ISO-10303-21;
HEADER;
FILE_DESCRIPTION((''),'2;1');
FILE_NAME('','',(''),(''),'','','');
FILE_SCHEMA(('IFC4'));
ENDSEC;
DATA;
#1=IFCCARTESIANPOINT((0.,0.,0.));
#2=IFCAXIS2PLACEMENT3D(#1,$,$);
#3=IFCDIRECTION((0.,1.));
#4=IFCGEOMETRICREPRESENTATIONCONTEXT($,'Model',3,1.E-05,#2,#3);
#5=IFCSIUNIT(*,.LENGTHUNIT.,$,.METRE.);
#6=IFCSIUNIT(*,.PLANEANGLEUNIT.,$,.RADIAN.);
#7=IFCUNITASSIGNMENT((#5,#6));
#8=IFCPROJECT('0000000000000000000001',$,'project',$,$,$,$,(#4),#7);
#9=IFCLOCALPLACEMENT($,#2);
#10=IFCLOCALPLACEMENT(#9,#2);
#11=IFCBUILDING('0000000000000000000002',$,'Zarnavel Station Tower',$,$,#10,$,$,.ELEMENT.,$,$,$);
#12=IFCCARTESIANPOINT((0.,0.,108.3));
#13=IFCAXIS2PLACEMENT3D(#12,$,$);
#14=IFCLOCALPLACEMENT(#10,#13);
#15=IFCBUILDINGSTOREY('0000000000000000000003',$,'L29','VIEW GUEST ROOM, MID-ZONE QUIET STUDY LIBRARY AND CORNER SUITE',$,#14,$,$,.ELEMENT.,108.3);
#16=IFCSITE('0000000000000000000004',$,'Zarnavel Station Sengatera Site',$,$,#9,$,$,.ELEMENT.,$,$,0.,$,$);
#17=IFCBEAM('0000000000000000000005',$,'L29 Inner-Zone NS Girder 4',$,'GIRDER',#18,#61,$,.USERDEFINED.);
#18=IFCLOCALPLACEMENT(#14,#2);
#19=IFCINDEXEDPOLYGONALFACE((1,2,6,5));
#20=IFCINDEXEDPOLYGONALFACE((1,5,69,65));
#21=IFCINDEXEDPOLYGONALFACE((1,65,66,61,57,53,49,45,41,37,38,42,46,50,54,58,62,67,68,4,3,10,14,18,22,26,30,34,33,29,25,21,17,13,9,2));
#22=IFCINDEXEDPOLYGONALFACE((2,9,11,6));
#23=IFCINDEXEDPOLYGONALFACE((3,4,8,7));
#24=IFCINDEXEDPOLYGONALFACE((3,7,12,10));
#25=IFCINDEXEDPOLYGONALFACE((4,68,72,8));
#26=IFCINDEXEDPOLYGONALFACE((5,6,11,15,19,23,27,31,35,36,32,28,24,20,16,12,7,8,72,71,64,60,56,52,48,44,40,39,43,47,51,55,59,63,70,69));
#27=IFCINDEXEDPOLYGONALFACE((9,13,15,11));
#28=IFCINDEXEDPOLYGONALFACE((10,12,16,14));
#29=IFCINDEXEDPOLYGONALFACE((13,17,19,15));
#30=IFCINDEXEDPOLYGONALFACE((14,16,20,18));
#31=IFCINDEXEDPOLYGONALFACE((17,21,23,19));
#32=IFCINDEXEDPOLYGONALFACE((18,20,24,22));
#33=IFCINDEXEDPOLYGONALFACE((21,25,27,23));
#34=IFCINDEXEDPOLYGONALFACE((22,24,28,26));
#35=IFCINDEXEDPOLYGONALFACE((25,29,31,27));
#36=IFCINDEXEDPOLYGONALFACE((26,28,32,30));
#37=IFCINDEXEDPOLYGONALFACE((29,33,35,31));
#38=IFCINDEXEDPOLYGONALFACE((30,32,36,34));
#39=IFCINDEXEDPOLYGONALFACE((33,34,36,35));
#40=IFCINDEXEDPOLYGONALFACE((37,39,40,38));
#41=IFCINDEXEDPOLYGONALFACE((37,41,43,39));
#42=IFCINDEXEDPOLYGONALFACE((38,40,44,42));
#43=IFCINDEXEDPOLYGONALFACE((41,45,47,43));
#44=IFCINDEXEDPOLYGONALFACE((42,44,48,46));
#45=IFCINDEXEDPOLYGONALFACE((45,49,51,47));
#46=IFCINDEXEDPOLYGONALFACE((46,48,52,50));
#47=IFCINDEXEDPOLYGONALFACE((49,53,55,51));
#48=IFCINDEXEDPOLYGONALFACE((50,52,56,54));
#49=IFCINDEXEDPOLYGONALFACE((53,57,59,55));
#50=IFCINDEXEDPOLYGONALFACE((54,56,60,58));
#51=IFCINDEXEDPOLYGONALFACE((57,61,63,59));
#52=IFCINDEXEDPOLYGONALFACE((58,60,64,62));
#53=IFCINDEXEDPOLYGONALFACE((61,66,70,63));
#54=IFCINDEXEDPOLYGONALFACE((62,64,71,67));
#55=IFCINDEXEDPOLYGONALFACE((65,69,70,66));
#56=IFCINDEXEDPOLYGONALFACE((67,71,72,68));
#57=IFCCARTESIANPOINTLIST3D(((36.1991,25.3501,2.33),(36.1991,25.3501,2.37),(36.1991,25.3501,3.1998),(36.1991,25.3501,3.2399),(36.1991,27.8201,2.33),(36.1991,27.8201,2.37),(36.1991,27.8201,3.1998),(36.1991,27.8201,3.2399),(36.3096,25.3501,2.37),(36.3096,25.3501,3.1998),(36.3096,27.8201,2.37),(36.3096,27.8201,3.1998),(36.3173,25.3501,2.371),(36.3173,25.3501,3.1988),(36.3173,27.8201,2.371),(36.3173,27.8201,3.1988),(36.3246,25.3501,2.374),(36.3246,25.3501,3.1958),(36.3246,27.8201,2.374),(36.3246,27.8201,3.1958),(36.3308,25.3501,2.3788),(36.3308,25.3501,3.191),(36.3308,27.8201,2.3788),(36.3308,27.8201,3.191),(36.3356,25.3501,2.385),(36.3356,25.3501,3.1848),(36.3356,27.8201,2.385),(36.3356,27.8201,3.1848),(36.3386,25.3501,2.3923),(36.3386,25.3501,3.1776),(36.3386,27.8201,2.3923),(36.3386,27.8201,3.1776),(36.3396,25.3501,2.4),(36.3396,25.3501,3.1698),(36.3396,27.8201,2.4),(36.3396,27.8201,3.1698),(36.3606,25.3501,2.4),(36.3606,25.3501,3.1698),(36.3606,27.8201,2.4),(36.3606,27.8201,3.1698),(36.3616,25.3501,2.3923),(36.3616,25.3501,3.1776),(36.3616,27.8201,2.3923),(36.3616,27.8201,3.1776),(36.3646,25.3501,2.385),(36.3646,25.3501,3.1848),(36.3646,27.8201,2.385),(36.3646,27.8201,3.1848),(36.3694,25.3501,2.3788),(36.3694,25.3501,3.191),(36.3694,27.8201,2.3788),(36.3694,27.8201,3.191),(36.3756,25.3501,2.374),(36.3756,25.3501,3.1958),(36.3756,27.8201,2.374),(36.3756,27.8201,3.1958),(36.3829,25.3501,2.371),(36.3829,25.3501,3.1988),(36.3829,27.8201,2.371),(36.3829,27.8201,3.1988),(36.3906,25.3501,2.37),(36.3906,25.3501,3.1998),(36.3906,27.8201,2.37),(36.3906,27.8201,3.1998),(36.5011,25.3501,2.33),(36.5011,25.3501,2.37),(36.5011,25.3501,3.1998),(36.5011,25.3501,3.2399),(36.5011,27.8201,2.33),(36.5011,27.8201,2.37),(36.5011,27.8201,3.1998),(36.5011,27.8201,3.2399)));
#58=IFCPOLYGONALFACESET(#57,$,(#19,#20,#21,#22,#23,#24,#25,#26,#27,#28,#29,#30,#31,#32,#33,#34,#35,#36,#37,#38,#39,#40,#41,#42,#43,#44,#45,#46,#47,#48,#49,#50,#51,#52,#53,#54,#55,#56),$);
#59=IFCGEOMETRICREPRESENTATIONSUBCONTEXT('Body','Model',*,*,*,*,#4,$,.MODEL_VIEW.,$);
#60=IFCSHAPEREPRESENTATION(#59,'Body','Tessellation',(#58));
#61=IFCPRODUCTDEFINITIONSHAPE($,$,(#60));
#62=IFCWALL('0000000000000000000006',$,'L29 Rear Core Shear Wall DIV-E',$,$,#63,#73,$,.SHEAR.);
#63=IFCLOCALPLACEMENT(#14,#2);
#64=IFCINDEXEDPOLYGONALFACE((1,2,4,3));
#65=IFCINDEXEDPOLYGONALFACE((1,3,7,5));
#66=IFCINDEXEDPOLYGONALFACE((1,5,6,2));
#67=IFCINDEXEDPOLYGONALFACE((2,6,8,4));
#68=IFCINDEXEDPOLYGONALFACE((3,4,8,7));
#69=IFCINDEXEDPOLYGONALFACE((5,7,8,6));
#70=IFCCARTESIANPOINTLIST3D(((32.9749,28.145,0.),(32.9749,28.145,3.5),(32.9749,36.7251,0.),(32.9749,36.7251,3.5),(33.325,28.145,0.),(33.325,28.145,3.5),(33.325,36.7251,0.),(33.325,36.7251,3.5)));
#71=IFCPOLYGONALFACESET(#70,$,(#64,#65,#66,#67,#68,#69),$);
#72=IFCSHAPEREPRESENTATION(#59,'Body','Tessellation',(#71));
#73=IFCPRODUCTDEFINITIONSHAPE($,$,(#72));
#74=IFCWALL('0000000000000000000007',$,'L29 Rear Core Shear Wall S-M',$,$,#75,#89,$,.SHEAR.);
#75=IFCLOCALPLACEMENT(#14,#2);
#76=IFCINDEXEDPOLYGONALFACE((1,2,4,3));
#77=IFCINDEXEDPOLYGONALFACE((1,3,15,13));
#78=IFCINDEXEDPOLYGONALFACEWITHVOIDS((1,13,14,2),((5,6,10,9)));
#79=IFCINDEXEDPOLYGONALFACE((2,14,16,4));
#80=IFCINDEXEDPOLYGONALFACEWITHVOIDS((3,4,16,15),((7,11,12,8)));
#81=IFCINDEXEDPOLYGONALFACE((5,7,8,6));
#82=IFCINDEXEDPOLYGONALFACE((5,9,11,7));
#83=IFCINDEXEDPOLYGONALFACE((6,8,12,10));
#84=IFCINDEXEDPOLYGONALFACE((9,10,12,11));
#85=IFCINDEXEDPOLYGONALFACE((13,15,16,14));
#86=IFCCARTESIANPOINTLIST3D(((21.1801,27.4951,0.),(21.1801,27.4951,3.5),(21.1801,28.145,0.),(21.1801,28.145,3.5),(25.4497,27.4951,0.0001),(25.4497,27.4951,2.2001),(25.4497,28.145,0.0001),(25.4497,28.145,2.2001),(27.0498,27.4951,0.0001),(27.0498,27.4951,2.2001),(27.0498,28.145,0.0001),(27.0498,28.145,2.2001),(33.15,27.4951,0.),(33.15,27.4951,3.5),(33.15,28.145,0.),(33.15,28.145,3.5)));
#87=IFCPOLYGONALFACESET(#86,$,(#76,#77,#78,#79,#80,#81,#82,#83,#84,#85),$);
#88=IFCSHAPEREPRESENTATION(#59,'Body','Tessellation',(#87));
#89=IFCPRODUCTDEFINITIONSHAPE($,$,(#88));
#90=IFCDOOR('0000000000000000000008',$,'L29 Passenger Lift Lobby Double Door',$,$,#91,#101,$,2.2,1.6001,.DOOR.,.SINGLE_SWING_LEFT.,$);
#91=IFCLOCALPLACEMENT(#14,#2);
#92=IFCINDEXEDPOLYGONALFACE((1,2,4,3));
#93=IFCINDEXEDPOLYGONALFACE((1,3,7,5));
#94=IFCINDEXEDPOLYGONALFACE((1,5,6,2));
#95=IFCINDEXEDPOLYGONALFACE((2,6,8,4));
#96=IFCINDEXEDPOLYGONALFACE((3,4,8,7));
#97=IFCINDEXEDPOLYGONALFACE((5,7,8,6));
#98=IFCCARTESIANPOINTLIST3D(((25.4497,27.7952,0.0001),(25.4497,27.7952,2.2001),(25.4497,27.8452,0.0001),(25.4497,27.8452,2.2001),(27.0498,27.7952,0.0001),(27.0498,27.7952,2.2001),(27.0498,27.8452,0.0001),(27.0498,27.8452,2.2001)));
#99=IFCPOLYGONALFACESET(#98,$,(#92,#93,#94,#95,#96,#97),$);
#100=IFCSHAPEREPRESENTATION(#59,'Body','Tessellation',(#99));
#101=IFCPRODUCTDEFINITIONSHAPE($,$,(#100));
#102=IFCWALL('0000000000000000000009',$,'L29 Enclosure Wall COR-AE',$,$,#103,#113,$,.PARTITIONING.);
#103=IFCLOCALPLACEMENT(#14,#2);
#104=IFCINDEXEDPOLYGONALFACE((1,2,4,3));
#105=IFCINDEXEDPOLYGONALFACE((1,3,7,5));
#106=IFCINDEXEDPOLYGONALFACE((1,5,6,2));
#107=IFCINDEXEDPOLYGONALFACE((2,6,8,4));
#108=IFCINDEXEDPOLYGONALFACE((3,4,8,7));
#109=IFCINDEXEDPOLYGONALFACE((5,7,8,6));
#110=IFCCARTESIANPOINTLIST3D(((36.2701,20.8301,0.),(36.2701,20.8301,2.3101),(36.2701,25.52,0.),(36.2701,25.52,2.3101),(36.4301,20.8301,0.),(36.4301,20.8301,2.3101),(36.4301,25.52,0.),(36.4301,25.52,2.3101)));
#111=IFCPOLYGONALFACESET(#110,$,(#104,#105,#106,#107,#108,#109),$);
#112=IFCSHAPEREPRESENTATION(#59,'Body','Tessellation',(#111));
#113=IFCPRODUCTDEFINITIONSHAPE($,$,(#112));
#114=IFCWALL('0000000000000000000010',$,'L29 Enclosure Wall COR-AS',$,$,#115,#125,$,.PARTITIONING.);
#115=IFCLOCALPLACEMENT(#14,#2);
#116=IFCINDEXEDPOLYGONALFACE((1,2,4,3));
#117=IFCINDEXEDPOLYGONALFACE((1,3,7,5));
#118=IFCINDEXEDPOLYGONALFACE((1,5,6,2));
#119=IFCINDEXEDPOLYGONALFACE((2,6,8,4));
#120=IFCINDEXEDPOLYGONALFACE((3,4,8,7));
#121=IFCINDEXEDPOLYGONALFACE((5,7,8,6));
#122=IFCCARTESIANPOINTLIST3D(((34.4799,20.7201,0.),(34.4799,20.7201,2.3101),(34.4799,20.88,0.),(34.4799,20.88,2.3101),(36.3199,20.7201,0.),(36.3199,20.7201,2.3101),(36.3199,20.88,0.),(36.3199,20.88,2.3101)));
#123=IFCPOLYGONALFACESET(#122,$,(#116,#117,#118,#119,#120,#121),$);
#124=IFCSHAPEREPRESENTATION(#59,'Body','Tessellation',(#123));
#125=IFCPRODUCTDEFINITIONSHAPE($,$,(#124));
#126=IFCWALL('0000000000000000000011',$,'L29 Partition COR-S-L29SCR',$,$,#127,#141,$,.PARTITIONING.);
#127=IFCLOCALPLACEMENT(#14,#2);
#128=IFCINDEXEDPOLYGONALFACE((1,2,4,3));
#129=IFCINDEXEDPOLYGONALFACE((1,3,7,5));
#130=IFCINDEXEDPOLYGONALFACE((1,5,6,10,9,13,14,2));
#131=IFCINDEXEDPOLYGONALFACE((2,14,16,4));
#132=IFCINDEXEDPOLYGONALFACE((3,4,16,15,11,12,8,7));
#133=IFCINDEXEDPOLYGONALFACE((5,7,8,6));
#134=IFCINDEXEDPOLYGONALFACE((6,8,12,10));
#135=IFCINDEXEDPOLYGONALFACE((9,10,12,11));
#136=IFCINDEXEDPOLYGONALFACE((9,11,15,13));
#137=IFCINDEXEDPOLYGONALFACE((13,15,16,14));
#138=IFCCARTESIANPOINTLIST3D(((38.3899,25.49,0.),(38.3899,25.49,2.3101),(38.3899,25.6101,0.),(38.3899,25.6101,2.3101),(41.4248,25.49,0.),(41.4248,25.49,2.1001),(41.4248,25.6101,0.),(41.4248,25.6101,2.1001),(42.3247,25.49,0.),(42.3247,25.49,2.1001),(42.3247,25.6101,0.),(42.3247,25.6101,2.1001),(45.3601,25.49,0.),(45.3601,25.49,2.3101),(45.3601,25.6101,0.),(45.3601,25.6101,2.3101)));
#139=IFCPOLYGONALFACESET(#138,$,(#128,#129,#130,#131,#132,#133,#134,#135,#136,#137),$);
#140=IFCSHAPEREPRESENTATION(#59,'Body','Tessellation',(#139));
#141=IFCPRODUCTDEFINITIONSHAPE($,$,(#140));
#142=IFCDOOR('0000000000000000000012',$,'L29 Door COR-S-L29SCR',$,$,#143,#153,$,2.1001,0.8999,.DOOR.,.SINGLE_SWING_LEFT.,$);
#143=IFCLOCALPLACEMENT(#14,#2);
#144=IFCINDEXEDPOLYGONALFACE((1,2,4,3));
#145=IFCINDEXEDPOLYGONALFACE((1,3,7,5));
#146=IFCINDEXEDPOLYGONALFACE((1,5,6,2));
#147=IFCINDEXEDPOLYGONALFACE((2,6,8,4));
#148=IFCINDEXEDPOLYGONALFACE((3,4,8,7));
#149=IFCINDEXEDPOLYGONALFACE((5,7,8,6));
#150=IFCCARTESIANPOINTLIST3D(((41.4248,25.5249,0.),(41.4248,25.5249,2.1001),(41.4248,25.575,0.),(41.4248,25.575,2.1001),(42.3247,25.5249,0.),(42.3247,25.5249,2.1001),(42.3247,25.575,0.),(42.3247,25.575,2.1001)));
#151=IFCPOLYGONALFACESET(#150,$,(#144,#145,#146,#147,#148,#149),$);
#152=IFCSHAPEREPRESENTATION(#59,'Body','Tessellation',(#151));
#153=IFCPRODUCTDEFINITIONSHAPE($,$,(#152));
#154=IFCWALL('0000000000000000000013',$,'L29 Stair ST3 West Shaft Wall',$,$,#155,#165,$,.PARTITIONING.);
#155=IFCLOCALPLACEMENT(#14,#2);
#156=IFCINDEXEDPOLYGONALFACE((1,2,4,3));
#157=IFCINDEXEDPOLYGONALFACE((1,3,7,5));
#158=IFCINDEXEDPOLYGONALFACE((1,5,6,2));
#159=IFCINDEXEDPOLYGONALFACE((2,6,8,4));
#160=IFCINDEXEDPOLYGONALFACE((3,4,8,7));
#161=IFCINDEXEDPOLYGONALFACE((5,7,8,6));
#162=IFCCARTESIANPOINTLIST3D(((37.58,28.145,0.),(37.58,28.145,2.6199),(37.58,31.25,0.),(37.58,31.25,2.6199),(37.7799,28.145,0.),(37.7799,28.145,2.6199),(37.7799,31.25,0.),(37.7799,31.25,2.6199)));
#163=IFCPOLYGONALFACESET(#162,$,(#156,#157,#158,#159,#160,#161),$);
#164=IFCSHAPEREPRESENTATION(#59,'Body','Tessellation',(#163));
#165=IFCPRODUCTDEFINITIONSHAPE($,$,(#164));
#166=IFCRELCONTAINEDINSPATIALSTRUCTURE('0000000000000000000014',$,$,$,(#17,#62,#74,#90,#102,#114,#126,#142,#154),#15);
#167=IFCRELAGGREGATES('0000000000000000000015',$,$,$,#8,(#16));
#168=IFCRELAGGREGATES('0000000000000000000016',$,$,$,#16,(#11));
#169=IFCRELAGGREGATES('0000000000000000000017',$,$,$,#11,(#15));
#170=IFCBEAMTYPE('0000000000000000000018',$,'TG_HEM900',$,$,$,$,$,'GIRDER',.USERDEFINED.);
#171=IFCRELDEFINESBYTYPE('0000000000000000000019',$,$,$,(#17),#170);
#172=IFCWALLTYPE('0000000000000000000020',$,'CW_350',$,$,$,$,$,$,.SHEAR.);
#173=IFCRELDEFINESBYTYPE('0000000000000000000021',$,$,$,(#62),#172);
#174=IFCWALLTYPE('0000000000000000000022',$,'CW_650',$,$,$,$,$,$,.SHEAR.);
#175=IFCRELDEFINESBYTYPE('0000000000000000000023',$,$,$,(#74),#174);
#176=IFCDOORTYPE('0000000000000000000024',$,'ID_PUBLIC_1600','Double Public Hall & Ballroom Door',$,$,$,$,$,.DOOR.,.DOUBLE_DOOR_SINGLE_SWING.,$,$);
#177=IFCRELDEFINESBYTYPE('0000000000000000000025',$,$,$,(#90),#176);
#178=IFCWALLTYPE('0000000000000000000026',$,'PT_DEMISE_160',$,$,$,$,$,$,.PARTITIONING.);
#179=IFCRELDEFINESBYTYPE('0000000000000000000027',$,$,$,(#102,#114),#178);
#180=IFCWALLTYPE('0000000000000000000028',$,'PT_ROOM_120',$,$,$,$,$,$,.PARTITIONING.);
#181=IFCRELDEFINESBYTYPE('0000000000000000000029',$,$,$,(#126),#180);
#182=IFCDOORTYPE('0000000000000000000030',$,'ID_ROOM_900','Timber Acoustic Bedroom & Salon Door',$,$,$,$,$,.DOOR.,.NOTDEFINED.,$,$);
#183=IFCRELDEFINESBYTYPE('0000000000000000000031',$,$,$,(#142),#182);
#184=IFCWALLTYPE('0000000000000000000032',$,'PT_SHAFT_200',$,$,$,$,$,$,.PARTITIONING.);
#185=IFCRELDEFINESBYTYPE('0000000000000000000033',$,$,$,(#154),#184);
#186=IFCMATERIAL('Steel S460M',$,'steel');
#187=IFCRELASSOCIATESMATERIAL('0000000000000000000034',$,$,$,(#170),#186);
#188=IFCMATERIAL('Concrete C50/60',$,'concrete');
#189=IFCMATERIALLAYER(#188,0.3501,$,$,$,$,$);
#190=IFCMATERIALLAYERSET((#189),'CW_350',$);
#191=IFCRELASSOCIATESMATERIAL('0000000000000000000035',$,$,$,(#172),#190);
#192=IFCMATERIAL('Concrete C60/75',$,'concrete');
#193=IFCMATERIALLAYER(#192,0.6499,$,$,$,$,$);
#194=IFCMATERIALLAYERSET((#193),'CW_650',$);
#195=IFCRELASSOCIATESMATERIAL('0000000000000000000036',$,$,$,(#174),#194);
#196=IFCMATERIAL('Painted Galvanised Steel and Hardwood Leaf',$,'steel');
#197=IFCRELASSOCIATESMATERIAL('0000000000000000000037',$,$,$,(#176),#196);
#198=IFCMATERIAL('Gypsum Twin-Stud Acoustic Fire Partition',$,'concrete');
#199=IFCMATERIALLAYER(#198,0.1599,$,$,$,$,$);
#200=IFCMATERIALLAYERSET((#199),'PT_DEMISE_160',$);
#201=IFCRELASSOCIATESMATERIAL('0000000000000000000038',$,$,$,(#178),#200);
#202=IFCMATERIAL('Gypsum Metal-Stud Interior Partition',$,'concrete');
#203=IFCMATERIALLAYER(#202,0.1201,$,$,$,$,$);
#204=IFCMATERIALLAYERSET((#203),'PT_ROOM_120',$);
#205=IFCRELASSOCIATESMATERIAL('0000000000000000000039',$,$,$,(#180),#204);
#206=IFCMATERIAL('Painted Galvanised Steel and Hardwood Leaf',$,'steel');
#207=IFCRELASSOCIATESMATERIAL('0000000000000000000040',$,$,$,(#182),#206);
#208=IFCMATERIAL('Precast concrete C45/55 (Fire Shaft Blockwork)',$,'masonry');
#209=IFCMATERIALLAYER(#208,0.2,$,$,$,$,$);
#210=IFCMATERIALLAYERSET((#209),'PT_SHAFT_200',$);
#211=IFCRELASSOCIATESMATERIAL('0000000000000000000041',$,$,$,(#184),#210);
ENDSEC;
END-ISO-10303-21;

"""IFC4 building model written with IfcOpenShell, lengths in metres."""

from ifc_helpers import new_model, si_unit, direction, frame, frame_2d, origin, origin_2d, place, context, subcontext, project, spatial, rectangle, i_section, extrude, material, layer, layer_set, material_profile, profile_set, type_object, element, fill, save


model = new_model("IFC4")

# Units and contexts
model_context = context("Model", 3, precision=1e-05, world=origin(), true_north=direction((0.0, 1.0)))
body_context = subcontext(model_context, "Body", "Model", "MODEL_VIEW")
ifc_project = project(units=[si_unit("LENGTHUNIT", "METRE"), si_unit("PLANEANGLEUNIT", "RADIAN")], contexts=[model_context])

# Site, building, storey
site_placement = place(None, origin())
site = spatial("IfcSite", under=ifc_project, at=site_placement, Name="Zarnavel Station Sengatera Site", CompositionType="ELEMENT", RefElevation=0.0)
building_placement = place(site_placement, origin())
building = spatial("IfcBuilding", under=site, at=building_placement, Name="Zarnavel Station Tower", CompositionType="ELEMENT")
storey_placement = place(building_placement, frame((0.0, 0.0, 108.3)))
storey = spatial("IfcBuildingStorey", under=building, at=storey_placement, Name="L29", Description="VIEW GUEST ROOM, MID-ZONE QUIET STUDY LIBRARY AND CORNER SUITE", CompositionType="ELEMENT", Elevation=108.3)

# Beam
ifc_material_1 = material(Name="Steel S460M", Category="steel")
ifc_material_profile_1 = material_profile(ifc_material_1, i_section(OverallWidth=0.302, OverallDepth=0.9099, WebThickness=0.021, FlangeThickness=0.04, FilletRadius=0.03, at=origin_2d()), Name="HEM900")
ifc_profile_set_1 = profile_set([ifc_material_profile_1], Name="Steel S460M")
beam_type_1 = type_object("IfcBeamType", Name="TG_HEM900", ElementType="GIRDER", PredefinedType="USERDEFINED", material=ifc_profile_set_1)
beam_1_placement = place(storey_placement, frame((36.3501, 25.3501, 2.7849), z_axis=(0.0, 1.0, 0.0), x_axis=(-1.0, 0.0, 0.0)))
element("IfcBeam", 1, at=beam_1_placement, inside=storey, type_object=beam_type_1, Name="L29 Inner-Zone NS Girder 4", ObjectType="GIRDER", PredefinedType="USERDEFINED", context=body_context, shape_type="SweptSolid", body=[
    extrude(i_section(OverallWidth=0.302, OverallDepth=0.9099, WebThickness=0.021, FlangeThickness=0.04, FilletRadius=0.03, at=origin_2d()), origin(), (0.0, 0.0, 1.0), 2.47),
])

# Wall
ifc_material_2 = material(Name="Concrete C50/60", Category="concrete")
ifc_layer_1 = layer(ifc_material_2, 0.3501)
ifc_layer_set_1 = layer_set([ifc_layer_1], Name="CW_350")
wall_type_1 = type_object("IfcWallType", Name="CW_350", PredefinedType="SHEAR", material=ifc_layer_set_1)
wall_1_placement = place(storey_placement, frame((33.1499, 28.145, 0.0), z_axis=(0.0, 0.0, 1.0), x_axis=(0.0, 1.0, 0.0)))
element("IfcWall", 2, at=wall_1_placement, inside=storey, type_object=wall_type_1, Name="L29 Rear Core Shear Wall DIV-E", PredefinedType="SHEAR", context=body_context, shape_type="SweptSolid", body=[
    extrude(rectangle(XDim=8.5801, YDim=0.3501, at=frame_2d((4.29, 0.0))), origin(), (0.0, 0.0, 1.0), 3.5),
])

# Wall, opening, door
ifc_material_3 = material(Name="Concrete C60/75", Category="concrete")
ifc_layer_2 = layer(ifc_material_3, 0.6499)
ifc_layer_set_2 = layer_set([ifc_layer_2], Name="CW_650")
wall_type_2 = type_object("IfcWallType", Name="CW_650", PredefinedType="SHEAR", material=ifc_layer_set_2)
wall_2_placement = place(storey_placement, frame((33.1499, 27.8201, 0.0), z_axis=(0.0, 0.0, 1.0), x_axis=(-1.0, 0.0, 0.0)))
wall_2 = element("IfcWall", 3, at=wall_2_placement, inside=storey, type_object=wall_type_2, Name="L29 Rear Core Shear Wall S-M", PredefinedType="SHEAR", context=body_context, shape_type="SweptSolid", body=[
    extrude(rectangle(XDim=11.97, YDim=0.6499, at=frame_2d((5.9849, 0.0))), origin(), (0.0, 0.0, 1.0), 3.5),
])
opening_1_placement = place(wall_2_placement, frame((6.1001, 0.0, 0.0)))
opening_1 = element("IfcOpeningElement", 4, at=opening_1_placement, cuts=wall_2, PredefinedType="OPENING", context=body_context, shape_type="SweptSolid", body=[
    extrude(rectangle(XDim=1.6001, YDim=2.2, at=frame_2d((0.8, 1.1001))), frame((0.0, 0.335, 0.0), z_axis=(0.0, -1.0, 0.0), x_axis=(1.0, 0.0, 0.0)), (0.0, 0.0, 1.0), 0.6699),
])
ifc_material_4 = material(Name="Painted Galvanised Steel and Hardwood Leaf", Category="steel")
door_type_1 = type_object("IfcDoorType", Name="ID_PUBLIC_1600", Description="Double Public Hall & Ballroom Door", OperationType="DOUBLE_DOOR_SINGLE_SWING", PredefinedType="DOOR", material=ifc_material_4)
door_1_placement = place(opening_1_placement, origin())
door_1 = element("IfcDoor", 5, at=door_1_placement, inside=storey, type_object=door_type_1, Name="L29 Passenger Lift Lobby Double Door", OperationType="SINGLE_SWING_LEFT", OverallHeight=2.2, OverallWidth=1.6001, PredefinedType="DOOR", context=body_context, shape_type="SweptSolid", body=[
    extrude(rectangle(XDim=1.6001, YDim=2.2, at=frame_2d((0.8, 1.1001))), frame((0.0, 0.0249, 0.0), z_axis=(0.0, -1.0, 0.0), x_axis=(1.0, 0.0, 0.0)), (0.0, 0.0, 1.0), 0.05),
])
fill(opening_1, door_1)

# Walls
ifc_material_5 = material(Name="Gypsum Twin-Stud Acoustic Fire Partition", Category="concrete")
ifc_layer_3 = layer(ifc_material_5, 0.1599)
ifc_layer_set_3 = layer_set([ifc_layer_3], Name="PT_DEMISE_160")
wall_type_3 = type_object("IfcWallType", Name="PT_DEMISE_160", PredefinedType="PARTITIONING", material=ifc_layer_set_3)
wall_3_placement = place(storey_placement, frame((36.3501, 20.8301, 0.0), z_axis=(0.0, 0.0, 1.0), x_axis=(0.0, 1.0, 0.0)))
element("IfcWall", 6, at=wall_3_placement, inside=storey, type_object=wall_type_3, Name="L29 Enclosure Wall COR-AE", PredefinedType="PARTITIONING", context=body_context, shape_type="SweptSolid", body=[
    extrude(rectangle(XDim=4.6899, YDim=0.1599, at=frame_2d((2.345, 0.0))), origin(), (0.0, 0.0, 1.0), 2.3101),
])
wall_4_placement = place(storey_placement, frame((34.48, 20.8, 0.0), z_axis=(0.0, 0.0, 1.0), x_axis=(1.0, 0.0, 0.0)))
element("IfcWall", 7, at=wall_4_placement, inside=storey, type_object=wall_type_3, Name="L29 Enclosure Wall COR-AS", PredefinedType="PARTITIONING", context=body_context, shape_type="SweptSolid", body=[
    extrude(rectangle(XDim=1.8401, YDim=0.1599, at=frame_2d((0.9199, 0.0))), origin(), (0.0, 0.0, 1.0), 2.3101),
])

# Wall, opening, door
ifc_material_6 = material(Name="Gypsum Metal-Stud Interior Partition", Category="concrete")
ifc_layer_4 = layer(ifc_material_6, 0.1201)
ifc_layer_set_4 = layer_set([ifc_layer_4], Name="PT_ROOM_120")
wall_type_4 = type_object("IfcWallType", Name="PT_ROOM_120", PredefinedType="PARTITIONING", material=ifc_layer_set_4)
wall_5_placement = place(storey_placement, frame((38.3899, 25.55, 0.0), z_axis=(0.0, 0.0, 1.0), x_axis=(1.0, 0.0, 0.0)))
wall_5 = element("IfcWall", 8, at=wall_5_placement, inside=storey, type_object=wall_type_4, Name="L29 Partition COR-S-L29SCR", PredefinedType="PARTITIONING", context=body_context, shape_type="SweptSolid", body=[
    extrude(rectangle(XDim=6.9702, YDim=0.1201, at=frame_2d((3.4851, 0.0))), origin(), (0.0, 0.0, 1.0), 2.3101),
])
opening_2_placement = place(wall_5_placement, frame((3.0349, 0.0, 0.0)))
opening_2 = element("IfcOpeningElement", 9, at=opening_2_placement, cuts=wall_5, PredefinedType="OPENING", context=body_context, shape_type="SweptSolid", body=[
    extrude(rectangle(XDim=0.8999, YDim=2.1001, at=frame_2d((0.45, 1.05))), frame((0.0, 0.0701, 0.0), z_axis=(0.0, -1.0, 0.0), x_axis=(1.0, 0.0, 0.0)), (0.0, 0.0, 1.0), 0.1401),
])
ifc_material_7 = material(Name="Painted Galvanised Steel and Hardwood Leaf", Category="steel")
door_type_2 = type_object("IfcDoorType", Name="ID_ROOM_900", Description="Timber Acoustic Bedroom & Salon Door", OperationType="NOTDEFINED", PredefinedType="DOOR", material=ifc_material_7)
door_2_placement = place(opening_2_placement, origin())
door_2 = element("IfcDoor", 10, at=door_2_placement, inside=storey, type_object=door_type_2, Name="L29 Door COR-S-L29SCR", OperationType="SINGLE_SWING_LEFT", OverallHeight=2.1001, OverallWidth=0.8999, PredefinedType="DOOR", context=body_context, shape_type="SweptSolid", body=[
    extrude(rectangle(XDim=0.8999, YDim=2.1001, at=frame_2d((0.45, 1.05))), frame((0.0, 0.0249, 0.0), z_axis=(0.0, -1.0, 0.0), x_axis=(1.0, 0.0, 0.0)), (0.0, 0.0, 1.0), 0.05),
])
fill(opening_2, door_2)

# Wall
ifc_material_8 = material(Name="Precast concrete C45/55 (Fire Shaft Blockwork)", Category="masonry")
ifc_layer_5 = layer(ifc_material_8, 0.2)
ifc_layer_set_5 = layer_set([ifc_layer_5], Name="PT_SHAFT_200")
wall_type_5 = type_object("IfcWallType", Name="PT_SHAFT_200", PredefinedType="PARTITIONING", material=ifc_layer_set_5)
wall_6_placement = place(storey_placement, frame((37.6799, 28.145, 0.0), z_axis=(0.0, 0.0, 1.0), x_axis=(0.0, 1.0, 0.0)))
element("IfcWall", 11, at=wall_6_placement, inside=storey, type_object=wall_type_5, Name="L29 Stair ST3 West Shaft Wall", PredefinedType="PARTITIONING", context=body_context, shape_type="SweptSolid", body=[
    extrude(rectangle(XDim=3.105, YDim=0.2, at=frame_2d((1.5525, 0.0))), origin(), (0.0, 0.0, 1.0), 2.6199),
])

save(model, "model.ifc")
